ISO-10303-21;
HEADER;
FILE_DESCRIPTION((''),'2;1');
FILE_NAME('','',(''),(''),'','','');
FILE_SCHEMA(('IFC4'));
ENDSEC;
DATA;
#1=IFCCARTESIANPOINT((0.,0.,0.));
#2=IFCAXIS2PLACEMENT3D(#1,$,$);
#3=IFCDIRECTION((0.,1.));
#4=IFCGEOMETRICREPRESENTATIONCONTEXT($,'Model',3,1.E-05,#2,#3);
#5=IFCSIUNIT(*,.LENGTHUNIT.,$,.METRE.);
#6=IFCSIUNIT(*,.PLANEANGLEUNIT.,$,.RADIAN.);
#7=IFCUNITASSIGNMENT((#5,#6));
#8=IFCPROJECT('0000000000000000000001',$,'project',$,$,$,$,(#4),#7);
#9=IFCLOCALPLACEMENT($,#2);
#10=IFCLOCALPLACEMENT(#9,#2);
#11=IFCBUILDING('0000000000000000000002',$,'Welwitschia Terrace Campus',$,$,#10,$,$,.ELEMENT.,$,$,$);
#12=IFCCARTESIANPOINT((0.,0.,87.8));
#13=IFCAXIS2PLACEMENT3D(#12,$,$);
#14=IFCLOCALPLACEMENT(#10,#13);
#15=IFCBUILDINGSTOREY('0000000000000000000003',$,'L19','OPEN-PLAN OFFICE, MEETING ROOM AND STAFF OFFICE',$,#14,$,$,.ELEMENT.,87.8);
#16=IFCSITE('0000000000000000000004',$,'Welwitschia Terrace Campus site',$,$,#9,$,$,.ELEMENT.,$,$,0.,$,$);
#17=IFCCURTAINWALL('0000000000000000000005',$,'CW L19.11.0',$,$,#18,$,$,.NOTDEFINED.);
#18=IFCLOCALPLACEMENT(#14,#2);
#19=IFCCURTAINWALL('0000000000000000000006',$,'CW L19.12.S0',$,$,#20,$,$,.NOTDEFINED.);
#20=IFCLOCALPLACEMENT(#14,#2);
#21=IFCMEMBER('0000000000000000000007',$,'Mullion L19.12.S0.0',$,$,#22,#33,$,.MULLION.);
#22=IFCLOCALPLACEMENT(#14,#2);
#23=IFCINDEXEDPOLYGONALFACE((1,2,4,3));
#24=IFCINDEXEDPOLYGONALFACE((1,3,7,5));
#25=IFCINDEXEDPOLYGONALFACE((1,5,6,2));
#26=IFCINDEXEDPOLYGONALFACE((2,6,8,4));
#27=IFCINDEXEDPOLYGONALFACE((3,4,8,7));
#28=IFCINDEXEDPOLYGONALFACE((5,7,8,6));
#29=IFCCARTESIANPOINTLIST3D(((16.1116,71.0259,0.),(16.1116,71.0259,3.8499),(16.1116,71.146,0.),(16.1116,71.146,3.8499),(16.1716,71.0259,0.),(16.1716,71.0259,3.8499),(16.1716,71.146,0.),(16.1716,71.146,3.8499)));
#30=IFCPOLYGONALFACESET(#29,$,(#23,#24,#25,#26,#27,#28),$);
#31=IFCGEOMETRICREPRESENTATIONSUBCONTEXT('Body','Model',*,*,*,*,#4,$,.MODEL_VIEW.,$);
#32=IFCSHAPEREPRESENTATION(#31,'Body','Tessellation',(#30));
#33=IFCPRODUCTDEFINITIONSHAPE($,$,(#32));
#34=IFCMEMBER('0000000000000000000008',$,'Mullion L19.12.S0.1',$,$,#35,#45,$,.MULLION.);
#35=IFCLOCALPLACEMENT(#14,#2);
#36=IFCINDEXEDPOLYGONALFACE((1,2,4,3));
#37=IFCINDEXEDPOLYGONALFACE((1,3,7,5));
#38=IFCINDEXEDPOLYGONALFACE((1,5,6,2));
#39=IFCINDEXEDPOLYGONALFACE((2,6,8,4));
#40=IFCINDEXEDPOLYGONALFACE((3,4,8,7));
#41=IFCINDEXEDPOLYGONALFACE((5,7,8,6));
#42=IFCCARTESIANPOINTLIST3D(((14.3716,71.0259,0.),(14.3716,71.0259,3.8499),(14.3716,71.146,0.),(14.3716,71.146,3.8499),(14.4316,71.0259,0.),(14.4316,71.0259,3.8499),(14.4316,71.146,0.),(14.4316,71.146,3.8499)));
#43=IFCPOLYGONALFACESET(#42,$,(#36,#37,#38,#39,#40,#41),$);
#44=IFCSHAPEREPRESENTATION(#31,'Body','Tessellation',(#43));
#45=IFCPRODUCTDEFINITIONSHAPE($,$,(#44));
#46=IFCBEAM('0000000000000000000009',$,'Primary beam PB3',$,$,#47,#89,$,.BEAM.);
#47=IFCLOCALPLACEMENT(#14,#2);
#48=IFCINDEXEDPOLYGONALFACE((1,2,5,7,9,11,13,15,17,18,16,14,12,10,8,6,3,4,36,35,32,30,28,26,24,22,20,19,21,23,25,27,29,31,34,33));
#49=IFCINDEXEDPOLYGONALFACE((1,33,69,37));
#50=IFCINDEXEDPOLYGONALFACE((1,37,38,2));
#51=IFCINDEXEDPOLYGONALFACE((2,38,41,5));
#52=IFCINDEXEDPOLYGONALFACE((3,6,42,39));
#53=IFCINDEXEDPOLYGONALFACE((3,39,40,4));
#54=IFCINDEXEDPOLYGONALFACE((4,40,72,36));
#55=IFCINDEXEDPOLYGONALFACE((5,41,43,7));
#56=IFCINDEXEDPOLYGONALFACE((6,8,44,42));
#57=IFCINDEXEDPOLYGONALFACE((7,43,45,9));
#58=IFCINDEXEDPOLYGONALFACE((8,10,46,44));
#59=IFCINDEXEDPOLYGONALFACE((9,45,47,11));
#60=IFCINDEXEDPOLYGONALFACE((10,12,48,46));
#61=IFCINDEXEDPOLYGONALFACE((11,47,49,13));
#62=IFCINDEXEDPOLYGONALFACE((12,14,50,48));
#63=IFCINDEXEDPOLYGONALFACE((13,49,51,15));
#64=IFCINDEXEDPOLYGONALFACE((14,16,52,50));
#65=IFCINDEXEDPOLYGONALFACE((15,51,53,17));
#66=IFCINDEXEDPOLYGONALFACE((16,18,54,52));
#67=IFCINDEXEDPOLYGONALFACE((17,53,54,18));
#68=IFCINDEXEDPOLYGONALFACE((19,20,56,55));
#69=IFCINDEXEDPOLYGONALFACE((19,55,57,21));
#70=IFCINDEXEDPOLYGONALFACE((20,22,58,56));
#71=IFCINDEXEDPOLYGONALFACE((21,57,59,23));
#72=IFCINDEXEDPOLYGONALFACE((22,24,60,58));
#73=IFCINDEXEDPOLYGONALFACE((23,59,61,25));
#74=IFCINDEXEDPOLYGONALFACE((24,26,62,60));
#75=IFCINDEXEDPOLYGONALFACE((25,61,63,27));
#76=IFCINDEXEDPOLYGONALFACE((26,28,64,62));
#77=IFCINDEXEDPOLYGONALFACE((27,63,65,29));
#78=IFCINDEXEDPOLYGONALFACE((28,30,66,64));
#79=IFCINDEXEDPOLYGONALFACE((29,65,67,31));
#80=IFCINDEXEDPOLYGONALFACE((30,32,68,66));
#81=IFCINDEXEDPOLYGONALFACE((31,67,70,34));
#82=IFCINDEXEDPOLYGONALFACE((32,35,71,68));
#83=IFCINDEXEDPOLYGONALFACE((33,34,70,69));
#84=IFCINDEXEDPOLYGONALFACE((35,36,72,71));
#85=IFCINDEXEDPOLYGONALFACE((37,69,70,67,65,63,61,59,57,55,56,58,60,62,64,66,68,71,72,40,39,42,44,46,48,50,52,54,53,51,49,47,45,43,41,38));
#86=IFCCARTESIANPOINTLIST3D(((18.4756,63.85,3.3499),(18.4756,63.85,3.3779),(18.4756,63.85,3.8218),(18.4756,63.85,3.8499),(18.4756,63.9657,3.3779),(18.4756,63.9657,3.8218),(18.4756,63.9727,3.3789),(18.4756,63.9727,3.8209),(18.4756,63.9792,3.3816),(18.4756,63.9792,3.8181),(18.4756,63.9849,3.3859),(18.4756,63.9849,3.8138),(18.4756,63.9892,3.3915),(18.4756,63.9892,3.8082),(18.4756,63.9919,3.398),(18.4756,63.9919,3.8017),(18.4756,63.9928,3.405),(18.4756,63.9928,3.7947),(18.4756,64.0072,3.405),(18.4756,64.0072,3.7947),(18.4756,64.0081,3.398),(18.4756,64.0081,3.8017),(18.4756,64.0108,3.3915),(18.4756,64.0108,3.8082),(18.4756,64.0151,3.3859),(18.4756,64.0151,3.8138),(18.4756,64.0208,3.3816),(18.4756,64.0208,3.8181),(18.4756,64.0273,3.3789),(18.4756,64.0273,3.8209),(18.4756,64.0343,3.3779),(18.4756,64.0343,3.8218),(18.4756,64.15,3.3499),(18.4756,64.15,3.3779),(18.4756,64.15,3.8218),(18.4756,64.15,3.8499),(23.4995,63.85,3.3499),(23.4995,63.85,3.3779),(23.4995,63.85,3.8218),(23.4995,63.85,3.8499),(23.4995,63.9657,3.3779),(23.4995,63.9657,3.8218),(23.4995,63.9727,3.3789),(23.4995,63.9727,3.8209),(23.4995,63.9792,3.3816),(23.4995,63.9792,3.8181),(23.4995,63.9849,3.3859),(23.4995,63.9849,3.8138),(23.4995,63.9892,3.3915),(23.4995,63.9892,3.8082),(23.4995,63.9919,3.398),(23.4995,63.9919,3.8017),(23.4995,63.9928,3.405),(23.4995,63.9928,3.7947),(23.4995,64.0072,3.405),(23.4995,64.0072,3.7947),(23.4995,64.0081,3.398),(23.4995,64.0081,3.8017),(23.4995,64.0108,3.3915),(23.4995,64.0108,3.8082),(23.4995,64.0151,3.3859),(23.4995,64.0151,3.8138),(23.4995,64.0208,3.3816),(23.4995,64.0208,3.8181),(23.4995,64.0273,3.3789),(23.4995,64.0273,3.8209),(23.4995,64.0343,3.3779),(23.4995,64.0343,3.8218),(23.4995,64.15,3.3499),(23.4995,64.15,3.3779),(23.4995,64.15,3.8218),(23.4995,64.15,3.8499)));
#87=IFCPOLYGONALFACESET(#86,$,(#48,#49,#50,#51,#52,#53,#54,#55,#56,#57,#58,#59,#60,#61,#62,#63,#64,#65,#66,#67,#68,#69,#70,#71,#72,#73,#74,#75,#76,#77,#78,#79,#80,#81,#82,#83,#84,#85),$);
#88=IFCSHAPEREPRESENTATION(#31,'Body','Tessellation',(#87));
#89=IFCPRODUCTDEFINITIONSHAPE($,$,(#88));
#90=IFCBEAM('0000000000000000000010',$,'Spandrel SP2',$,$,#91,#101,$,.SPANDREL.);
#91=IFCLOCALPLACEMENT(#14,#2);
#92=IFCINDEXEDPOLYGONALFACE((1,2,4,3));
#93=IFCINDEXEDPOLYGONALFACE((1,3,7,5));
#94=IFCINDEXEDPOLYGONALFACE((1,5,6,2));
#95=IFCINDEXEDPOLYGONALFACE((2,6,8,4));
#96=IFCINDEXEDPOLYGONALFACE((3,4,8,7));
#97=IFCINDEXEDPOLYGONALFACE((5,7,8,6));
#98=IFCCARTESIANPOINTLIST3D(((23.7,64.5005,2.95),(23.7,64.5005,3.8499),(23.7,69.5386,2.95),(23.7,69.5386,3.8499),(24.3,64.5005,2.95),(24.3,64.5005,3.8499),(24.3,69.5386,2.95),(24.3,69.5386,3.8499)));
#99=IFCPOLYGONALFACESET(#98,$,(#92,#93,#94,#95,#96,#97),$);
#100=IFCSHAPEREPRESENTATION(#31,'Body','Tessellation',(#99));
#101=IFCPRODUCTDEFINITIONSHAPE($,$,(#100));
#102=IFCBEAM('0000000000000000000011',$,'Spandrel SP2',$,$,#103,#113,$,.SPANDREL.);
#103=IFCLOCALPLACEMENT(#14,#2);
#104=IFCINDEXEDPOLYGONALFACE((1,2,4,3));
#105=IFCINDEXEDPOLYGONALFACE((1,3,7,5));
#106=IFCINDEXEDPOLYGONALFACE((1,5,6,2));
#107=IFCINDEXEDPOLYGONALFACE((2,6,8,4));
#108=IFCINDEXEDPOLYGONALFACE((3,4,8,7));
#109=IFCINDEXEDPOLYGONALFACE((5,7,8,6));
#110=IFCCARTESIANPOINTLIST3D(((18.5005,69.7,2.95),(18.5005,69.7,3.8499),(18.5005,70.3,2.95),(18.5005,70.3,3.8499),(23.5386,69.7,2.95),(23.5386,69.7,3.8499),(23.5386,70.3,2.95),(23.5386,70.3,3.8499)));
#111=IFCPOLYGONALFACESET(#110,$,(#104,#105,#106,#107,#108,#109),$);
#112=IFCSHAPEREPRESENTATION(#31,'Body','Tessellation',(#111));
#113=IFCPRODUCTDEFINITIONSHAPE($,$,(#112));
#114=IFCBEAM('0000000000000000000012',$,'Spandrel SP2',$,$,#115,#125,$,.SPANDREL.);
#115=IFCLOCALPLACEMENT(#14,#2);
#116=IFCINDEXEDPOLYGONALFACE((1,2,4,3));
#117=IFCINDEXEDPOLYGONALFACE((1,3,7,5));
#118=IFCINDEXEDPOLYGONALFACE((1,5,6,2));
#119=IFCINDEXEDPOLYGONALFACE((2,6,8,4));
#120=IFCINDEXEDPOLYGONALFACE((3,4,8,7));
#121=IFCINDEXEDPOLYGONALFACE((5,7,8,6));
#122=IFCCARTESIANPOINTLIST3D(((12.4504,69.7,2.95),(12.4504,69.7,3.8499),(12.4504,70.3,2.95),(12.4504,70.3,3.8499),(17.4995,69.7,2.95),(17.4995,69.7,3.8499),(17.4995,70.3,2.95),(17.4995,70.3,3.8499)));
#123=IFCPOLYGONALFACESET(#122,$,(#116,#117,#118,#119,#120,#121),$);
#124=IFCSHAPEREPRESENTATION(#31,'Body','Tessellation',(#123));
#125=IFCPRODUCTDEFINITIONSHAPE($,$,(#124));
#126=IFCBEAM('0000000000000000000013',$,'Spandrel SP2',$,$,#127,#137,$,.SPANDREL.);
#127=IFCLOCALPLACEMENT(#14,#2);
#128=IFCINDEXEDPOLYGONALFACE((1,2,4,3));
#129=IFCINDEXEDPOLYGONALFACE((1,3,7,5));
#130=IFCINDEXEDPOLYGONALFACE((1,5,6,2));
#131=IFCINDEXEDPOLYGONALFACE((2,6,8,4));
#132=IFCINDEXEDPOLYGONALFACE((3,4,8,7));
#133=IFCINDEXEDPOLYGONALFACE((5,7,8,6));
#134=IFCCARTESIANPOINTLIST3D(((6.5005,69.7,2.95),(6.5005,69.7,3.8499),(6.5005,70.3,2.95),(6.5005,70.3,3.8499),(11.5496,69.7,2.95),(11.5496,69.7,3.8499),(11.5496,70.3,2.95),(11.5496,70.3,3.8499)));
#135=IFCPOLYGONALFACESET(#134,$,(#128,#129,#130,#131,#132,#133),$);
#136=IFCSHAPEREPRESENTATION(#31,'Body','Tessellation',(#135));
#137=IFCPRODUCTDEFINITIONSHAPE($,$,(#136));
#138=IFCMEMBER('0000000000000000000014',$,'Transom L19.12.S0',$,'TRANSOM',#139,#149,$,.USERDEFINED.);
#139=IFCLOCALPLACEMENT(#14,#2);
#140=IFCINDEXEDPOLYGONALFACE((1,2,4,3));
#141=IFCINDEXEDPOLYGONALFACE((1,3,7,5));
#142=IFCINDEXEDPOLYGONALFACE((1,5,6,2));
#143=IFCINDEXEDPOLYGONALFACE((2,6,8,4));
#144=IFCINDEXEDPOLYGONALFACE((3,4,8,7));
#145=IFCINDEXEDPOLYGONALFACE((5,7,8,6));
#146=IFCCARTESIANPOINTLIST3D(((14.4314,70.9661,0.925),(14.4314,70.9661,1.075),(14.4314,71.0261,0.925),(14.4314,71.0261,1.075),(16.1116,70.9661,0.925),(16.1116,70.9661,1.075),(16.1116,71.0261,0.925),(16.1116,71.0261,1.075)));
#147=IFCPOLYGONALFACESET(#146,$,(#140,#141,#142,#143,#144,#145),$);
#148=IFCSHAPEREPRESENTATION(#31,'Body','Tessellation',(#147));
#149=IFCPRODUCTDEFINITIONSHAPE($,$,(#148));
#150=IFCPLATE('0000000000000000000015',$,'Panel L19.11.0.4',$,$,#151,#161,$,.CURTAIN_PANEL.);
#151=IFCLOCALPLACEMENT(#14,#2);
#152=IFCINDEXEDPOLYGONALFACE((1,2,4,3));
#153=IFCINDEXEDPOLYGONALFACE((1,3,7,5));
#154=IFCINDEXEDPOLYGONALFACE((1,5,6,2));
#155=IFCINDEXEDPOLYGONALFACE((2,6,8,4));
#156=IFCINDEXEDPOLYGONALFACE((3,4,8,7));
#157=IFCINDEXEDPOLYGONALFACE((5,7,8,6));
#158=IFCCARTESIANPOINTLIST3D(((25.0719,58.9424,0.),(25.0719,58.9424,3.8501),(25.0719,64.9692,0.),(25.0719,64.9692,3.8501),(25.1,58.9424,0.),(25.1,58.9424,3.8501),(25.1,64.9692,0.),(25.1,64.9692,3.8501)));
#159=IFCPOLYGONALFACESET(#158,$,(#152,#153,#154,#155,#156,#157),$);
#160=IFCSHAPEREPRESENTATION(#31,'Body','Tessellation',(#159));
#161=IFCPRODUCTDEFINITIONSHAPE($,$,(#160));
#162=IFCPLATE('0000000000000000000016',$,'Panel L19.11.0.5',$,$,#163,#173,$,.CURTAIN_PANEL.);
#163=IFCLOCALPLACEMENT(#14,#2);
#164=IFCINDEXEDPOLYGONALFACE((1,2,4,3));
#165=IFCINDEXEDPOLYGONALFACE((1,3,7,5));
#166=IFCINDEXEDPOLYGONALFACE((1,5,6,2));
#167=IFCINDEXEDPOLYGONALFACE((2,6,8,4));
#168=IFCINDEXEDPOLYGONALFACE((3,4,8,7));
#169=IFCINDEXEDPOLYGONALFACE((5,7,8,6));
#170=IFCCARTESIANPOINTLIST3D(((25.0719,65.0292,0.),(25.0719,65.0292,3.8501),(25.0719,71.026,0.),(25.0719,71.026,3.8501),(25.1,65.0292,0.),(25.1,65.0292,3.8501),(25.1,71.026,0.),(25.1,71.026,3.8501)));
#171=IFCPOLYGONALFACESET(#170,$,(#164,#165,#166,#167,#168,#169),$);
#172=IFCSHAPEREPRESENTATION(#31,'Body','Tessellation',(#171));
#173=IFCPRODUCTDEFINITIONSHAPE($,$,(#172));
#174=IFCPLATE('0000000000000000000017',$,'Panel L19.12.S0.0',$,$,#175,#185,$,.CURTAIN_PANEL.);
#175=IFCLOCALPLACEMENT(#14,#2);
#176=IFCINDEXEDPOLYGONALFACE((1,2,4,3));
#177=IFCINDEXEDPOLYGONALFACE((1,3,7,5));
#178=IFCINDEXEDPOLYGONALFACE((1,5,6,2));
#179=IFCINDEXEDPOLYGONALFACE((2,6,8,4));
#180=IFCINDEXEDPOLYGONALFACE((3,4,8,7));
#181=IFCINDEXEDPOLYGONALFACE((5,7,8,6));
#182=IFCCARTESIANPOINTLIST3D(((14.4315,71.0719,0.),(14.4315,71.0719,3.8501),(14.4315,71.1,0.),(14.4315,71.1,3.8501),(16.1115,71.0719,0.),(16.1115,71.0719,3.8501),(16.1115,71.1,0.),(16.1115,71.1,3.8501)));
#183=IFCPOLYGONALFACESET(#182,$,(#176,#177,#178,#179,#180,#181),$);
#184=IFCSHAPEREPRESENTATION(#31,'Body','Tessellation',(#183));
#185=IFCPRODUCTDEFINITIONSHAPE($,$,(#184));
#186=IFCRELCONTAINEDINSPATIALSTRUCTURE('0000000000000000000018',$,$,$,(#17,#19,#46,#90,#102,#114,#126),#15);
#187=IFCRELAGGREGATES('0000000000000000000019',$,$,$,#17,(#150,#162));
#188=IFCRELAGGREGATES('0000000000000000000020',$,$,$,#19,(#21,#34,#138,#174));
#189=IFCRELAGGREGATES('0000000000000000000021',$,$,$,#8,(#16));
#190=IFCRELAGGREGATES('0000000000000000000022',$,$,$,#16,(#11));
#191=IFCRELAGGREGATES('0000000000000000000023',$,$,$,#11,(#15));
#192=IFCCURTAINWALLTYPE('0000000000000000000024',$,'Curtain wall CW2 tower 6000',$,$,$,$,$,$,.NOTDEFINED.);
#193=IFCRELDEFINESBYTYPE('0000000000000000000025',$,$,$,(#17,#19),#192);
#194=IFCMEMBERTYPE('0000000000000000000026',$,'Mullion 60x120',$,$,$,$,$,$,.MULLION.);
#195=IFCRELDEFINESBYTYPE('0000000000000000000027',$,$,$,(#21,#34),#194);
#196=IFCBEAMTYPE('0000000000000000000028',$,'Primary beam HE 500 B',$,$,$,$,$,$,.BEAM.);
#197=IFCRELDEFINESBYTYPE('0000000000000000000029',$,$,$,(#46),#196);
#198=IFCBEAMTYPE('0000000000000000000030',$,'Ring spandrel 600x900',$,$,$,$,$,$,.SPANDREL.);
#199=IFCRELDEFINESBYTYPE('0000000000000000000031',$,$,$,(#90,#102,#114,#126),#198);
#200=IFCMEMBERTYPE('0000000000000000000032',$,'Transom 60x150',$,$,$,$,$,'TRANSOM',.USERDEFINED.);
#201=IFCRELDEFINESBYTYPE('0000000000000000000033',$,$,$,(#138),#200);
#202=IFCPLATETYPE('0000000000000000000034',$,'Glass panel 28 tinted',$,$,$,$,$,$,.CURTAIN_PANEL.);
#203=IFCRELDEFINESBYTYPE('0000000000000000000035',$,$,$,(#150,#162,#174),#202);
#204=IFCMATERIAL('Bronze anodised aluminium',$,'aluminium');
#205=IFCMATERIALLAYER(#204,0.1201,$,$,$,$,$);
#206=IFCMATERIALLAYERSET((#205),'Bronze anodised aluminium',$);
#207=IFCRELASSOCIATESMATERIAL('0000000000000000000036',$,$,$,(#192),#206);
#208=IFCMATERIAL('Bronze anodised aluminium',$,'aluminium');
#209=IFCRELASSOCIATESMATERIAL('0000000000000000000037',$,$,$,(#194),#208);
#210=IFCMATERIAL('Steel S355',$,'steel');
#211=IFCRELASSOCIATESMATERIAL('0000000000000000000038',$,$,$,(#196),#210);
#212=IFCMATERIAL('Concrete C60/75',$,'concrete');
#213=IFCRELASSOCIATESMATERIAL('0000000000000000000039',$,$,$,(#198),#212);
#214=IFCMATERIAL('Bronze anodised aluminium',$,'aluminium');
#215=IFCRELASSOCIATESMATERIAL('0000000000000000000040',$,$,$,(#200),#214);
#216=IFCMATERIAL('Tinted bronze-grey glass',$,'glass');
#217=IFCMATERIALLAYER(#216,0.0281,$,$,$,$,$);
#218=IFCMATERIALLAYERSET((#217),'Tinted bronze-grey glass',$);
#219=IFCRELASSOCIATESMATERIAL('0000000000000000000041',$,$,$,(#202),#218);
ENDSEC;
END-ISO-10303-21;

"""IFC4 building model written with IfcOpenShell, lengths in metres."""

from ifc_helpers import new_model, si_unit, direction, frame, origin, origin_2d, place, context, subcontext, project, spatial, rectangle, i_section, extrude, material, layer, layer_set, material_profile, profile_set, type_object, element, aggregate, save


model = new_model("IFC4")

# Units and contexts
model_context = context("Model", 3, precision=1e-05, world=origin(), true_north=direction((0.0, 1.0)))
body_context = subcontext(model_context, "Body", "Model", "MODEL_VIEW")
ifc_project = project(units=[si_unit("LENGTHUNIT", "METRE"), si_unit("PLANEANGLEUNIT", "RADIAN")], contexts=[model_context])

# Site, building, storey
site_placement = place(None, origin())
site = spatial("IfcSite", under=ifc_project, at=site_placement, Name="Welwitschia Terrace Campus site", CompositionType="ELEMENT", RefElevation=0.0)
building_placement = place(site_placement, origin())
building = spatial("IfcBuilding", under=site, at=building_placement, Name="Welwitschia Terrace Campus", CompositionType="ELEMENT")
storey_placement = place(building_placement, frame((0.0, 0.0, 87.8)))
storey = spatial("IfcBuildingStorey", under=building, at=storey_placement, Name="L19", Description="OPEN-PLAN OFFICE, MEETING ROOM AND STAFF OFFICE", CompositionType="ELEMENT", Elevation=87.8)

# Curtain walls, members
ifc_material_1 = material(Name="Bronze anodised aluminium", Category="aluminium")
ifc_layer_1 = layer(ifc_material_1, 0.1201)
ifc_layer_set_1 = layer_set([ifc_layer_1], Name="Bronze anodised aluminium")
curtain_wall_type = type_object("IfcCurtainWallType", Name="Curtain wall CW2 tower 6000", PredefinedType="NOTDEFINED", material=ifc_layer_set_1)
curtain_wall_1_placement = place(storey_placement, origin())
curtain_wall_1 = element("IfcCurtainWall", 1, at=curtain_wall_1_placement, inside=storey, type_object=curtain_wall_type, Name="CW L19.11.0", PredefinedType="NOTDEFINED")
ifc_material_2 = material(Name="Bronze anodised aluminium", Category="aluminium")
ifc_material_profile_1 = material_profile(ifc_material_2, rectangle(XDim=0.1201, YDim=0.0601, at=origin_2d()))
ifc_profile_set_1 = profile_set([ifc_material_profile_1], Name="Bronze anodised aluminium")
member_type_1 = type_object("IfcMemberType", Name="Mullion 60x120", PredefinedType="MULLION", material=ifc_profile_set_1)
curtain_wall_2_placement = place(storey_placement, origin())
curtain_wall_2 = element("IfcCurtainWall", 2, at=curtain_wall_2_placement, inside=storey, type_object=curtain_wall_type, Name="CW L19.12.S0", PredefinedType="NOTDEFINED")
member_1_placement = place(storey_placement, frame((16.1416, 71.0859, 0.0), z_axis=(0.0, 0.0, 1.0), x_axis=(0.0, -1.0, 0.0)))
member_1 = element("IfcMember", 3, at=member_1_placement, type_object=member_type_1, Name="Mullion L19.12.S0.0", PredefinedType="MULLION", context=body_context, shape_type="SweptSolid", body=[
    extrude(rectangle(XDim=0.1201, YDim=0.0601, at=origin_2d()), origin(), (0.0, 0.0, 1.0), 3.8499),
])
member_2_placement = place(storey_placement, frame((14.4016, 71.0859, 0.0), z_axis=(0.0, 0.0, 1.0), x_axis=(0.0, -1.0, 0.0)))
member_2 = element("IfcMember", 4, at=member_2_placement, type_object=member_type_1, Name="Mullion L19.12.S0.1", PredefinedType="MULLION", context=body_context, shape_type="SweptSolid", body=[
    extrude(rectangle(XDim=0.1201, YDim=0.0601, at=origin_2d()), origin(), (0.0, 0.0, 1.0), 3.8499),
])

# Beams
ifc_material_3 = material(Name="Steel S355", Category="steel")
ifc_material_profile_2 = material_profile(ifc_material_3, i_section(OverallWidth=0.3, OverallDepth=0.5, WebThickness=0.0144, FlangeThickness=0.0281, FilletRadius=0.0271, at=origin_2d()))
ifc_profile_set_2 = profile_set([ifc_material_profile_2], Name="Steel S355")
beam_type_1 = type_object("IfcBeamType", Name="Primary beam HE 500 B", PredefinedType="BEAM", material=ifc_profile_set_2)
beam_1_placement = place(storey_placement, frame((23.4995, 64.0, 3.5999), z_axis=(-1.0, 0.0, 0.0), x_axis=(0.0, -1.0, 0.0)))
element("IfcBeam", 5, at=beam_1_placement, inside=storey, type_object=beam_type_1, Name="Primary beam PB3", PredefinedType="BEAM", context=body_context, shape_type="SweptSolid", body=[
    extrude(i_section(OverallWidth=0.3, OverallDepth=0.5, WebThickness=0.0144, FlangeThickness=0.0281, FilletRadius=0.0271, at=origin_2d()), origin(), (0.0, 0.0, 1.0), 5.0239),
])
ifc_material_4 = material(Name="Concrete C60/75", Category="concrete")
ifc_material_profile_3 = material_profile(ifc_material_4, rectangle(XDim=0.6001, YDim=0.8999, at=origin_2d()))
ifc_profile_set_3 = profile_set([ifc_material_profile_3], Name="Concrete C60/75")
beam_type_2 = type_object("IfcBeamType", Name="Ring spandrel 600x900", PredefinedType="SPANDREL", material=ifc_profile_set_3)
for number, where, z_axis, x_axis, name in (
    (6, (24.0, 64.5005, 3.3999), (0.0, 1.0, 0.0), (-1.0, 0.0, 0.0), "Spandrel SP2"),
    (7, (23.5386, 70.0, 3.3999), (-1.0, 0.0, 0.0), (0.0, -1.0, 0.0), "Spandrel SP2"),
):
    element("IfcBeam", number, at=place(storey_placement, frame(where, z_axis=z_axis, x_axis=x_axis)), inside=storey, type_object=beam_type_2, Name=name, PredefinedType="SPANDREL", context=body_context, shape_type="SweptSolid", body=[
        extrude(rectangle(XDim=0.6001, YDim=0.8999, at=origin_2d()), origin(), (0.0, 0.0, 1.0), 5.0381),
    ])
for number, where, z_axis, x_axis, name in (
    (8, (17.4995, 70.0, 3.3999), (-1.0, 0.0, 0.0), (0.0, -1.0, 0.0), "Spandrel SP2"),
    (9, (11.5496, 70.0, 3.3999), (-1.0, 0.0, 0.0), (0.0, -1.0, 0.0), "Spandrel SP2"),
):
    element("IfcBeam", number, at=place(storey_placement, frame(where, z_axis=z_axis, x_axis=x_axis)), inside=storey, type_object=beam_type_2, Name=name, PredefinedType="SPANDREL", context=body_context, shape_type="SweptSolid", body=[
        extrude(rectangle(XDim=0.6001, YDim=0.8999, at=origin_2d()), origin(), (0.0, 0.0, 1.0), 5.0491),
    ])

# Member
ifc_material_5 = material(Name="Bronze anodised aluminium", Category="aluminium")
ifc_material_profile_4 = material_profile(ifc_material_5, rectangle(XDim=0.0601, YDim=0.1499, at=origin_2d()))
ifc_profile_set_4 = profile_set([ifc_material_profile_4], Name="Bronze anodised aluminium")
member_type_2 = type_object("IfcMemberType", Name="Transom 60x150", ElementType="TRANSOM", PredefinedType="USERDEFINED", material=ifc_profile_set_4)
member_3_placement = place(storey_placement, frame((16.1116, 70.9961, 1.0), z_axis=(-1.0, 0.0, 0.0), x_axis=(0.0, -1.0, 0.0)))
member_3 = element("IfcMember", 10, at=member_3_placement, type_object=member_type_2, Name="Transom L19.12.S0", ObjectType="TRANSOM", PredefinedType="USERDEFINED", context=body_context, shape_type="SweptSolid", body=[
    extrude(rectangle(XDim=0.0601, YDim=0.1499, at=origin_2d()), origin(), (0.0, 0.0, 1.0), 1.6802),
])

# Plates
ifc_material_6 = material(Name="Tinted bronze-grey glass", Category="glass")
ifc_layer_2 = layer(ifc_material_6, 0.0281)
ifc_layer_set_2 = layer_set([ifc_layer_2], Name="Tinted bronze-grey glass")
plate_type = type_object("IfcPlateType", Name="Glass panel 28 tinted", PredefinedType="CURTAIN_PANEL", material=ifc_layer_set_2)
plate_1_placement = place(storey_placement, frame((25.0859, 61.9558, 0.0), z_axis=(0.0, 0.0, 1.0), x_axis=(0.0, 1.0, 0.0)))
plate_1 = element("IfcPlate", 11, at=plate_1_placement, type_object=plate_type, Name="Panel L19.11.0.4", PredefinedType="CURTAIN_PANEL", context=body_context, shape_type="SweptSolid", body=[
    extrude(rectangle(XDim=6.0269, YDim=0.0281, at=origin_2d()), origin(), (0.0, 0.0, 1.0), 3.8501),
])
plate_2_placement = place(storey_placement, frame((25.0859, 68.0276, 0.0), z_axis=(0.0, 0.0, 1.0), x_axis=(0.0, 1.0, 0.0)))
plate_2 = element("IfcPlate", 12, at=plate_2_placement, type_object=plate_type, Name="Panel L19.11.0.5", PredefinedType="CURTAIN_PANEL", context=body_context, shape_type="SweptSolid", body=[
    extrude(rectangle(XDim=5.9968, YDim=0.0281, at=origin_2d()), origin(), (0.0, 0.0, 1.0), 3.8501),
])
aggregate(curtain_wall_1, [plate_1, plate_2])
plate_3_placement = place(storey_placement, frame((15.2715, 71.0859, 0.0), z_axis=(0.0, 0.0, 1.0), x_axis=(-1.0, 0.0, 0.0)))
plate_3 = element("IfcPlate", 13, at=plate_3_placement, type_object=plate_type, Name="Panel L19.12.S0.0", PredefinedType="CURTAIN_PANEL", context=body_context, shape_type="SweptSolid", body=[
    extrude(rectangle(XDim=1.6799, YDim=0.0281, at=origin_2d()), origin(), (0.0, 0.0, 1.0), 3.8501),
])
aggregate(curtain_wall_2, [member_1, member_2, member_3, plate_3])

save(model, "model.ifc")
